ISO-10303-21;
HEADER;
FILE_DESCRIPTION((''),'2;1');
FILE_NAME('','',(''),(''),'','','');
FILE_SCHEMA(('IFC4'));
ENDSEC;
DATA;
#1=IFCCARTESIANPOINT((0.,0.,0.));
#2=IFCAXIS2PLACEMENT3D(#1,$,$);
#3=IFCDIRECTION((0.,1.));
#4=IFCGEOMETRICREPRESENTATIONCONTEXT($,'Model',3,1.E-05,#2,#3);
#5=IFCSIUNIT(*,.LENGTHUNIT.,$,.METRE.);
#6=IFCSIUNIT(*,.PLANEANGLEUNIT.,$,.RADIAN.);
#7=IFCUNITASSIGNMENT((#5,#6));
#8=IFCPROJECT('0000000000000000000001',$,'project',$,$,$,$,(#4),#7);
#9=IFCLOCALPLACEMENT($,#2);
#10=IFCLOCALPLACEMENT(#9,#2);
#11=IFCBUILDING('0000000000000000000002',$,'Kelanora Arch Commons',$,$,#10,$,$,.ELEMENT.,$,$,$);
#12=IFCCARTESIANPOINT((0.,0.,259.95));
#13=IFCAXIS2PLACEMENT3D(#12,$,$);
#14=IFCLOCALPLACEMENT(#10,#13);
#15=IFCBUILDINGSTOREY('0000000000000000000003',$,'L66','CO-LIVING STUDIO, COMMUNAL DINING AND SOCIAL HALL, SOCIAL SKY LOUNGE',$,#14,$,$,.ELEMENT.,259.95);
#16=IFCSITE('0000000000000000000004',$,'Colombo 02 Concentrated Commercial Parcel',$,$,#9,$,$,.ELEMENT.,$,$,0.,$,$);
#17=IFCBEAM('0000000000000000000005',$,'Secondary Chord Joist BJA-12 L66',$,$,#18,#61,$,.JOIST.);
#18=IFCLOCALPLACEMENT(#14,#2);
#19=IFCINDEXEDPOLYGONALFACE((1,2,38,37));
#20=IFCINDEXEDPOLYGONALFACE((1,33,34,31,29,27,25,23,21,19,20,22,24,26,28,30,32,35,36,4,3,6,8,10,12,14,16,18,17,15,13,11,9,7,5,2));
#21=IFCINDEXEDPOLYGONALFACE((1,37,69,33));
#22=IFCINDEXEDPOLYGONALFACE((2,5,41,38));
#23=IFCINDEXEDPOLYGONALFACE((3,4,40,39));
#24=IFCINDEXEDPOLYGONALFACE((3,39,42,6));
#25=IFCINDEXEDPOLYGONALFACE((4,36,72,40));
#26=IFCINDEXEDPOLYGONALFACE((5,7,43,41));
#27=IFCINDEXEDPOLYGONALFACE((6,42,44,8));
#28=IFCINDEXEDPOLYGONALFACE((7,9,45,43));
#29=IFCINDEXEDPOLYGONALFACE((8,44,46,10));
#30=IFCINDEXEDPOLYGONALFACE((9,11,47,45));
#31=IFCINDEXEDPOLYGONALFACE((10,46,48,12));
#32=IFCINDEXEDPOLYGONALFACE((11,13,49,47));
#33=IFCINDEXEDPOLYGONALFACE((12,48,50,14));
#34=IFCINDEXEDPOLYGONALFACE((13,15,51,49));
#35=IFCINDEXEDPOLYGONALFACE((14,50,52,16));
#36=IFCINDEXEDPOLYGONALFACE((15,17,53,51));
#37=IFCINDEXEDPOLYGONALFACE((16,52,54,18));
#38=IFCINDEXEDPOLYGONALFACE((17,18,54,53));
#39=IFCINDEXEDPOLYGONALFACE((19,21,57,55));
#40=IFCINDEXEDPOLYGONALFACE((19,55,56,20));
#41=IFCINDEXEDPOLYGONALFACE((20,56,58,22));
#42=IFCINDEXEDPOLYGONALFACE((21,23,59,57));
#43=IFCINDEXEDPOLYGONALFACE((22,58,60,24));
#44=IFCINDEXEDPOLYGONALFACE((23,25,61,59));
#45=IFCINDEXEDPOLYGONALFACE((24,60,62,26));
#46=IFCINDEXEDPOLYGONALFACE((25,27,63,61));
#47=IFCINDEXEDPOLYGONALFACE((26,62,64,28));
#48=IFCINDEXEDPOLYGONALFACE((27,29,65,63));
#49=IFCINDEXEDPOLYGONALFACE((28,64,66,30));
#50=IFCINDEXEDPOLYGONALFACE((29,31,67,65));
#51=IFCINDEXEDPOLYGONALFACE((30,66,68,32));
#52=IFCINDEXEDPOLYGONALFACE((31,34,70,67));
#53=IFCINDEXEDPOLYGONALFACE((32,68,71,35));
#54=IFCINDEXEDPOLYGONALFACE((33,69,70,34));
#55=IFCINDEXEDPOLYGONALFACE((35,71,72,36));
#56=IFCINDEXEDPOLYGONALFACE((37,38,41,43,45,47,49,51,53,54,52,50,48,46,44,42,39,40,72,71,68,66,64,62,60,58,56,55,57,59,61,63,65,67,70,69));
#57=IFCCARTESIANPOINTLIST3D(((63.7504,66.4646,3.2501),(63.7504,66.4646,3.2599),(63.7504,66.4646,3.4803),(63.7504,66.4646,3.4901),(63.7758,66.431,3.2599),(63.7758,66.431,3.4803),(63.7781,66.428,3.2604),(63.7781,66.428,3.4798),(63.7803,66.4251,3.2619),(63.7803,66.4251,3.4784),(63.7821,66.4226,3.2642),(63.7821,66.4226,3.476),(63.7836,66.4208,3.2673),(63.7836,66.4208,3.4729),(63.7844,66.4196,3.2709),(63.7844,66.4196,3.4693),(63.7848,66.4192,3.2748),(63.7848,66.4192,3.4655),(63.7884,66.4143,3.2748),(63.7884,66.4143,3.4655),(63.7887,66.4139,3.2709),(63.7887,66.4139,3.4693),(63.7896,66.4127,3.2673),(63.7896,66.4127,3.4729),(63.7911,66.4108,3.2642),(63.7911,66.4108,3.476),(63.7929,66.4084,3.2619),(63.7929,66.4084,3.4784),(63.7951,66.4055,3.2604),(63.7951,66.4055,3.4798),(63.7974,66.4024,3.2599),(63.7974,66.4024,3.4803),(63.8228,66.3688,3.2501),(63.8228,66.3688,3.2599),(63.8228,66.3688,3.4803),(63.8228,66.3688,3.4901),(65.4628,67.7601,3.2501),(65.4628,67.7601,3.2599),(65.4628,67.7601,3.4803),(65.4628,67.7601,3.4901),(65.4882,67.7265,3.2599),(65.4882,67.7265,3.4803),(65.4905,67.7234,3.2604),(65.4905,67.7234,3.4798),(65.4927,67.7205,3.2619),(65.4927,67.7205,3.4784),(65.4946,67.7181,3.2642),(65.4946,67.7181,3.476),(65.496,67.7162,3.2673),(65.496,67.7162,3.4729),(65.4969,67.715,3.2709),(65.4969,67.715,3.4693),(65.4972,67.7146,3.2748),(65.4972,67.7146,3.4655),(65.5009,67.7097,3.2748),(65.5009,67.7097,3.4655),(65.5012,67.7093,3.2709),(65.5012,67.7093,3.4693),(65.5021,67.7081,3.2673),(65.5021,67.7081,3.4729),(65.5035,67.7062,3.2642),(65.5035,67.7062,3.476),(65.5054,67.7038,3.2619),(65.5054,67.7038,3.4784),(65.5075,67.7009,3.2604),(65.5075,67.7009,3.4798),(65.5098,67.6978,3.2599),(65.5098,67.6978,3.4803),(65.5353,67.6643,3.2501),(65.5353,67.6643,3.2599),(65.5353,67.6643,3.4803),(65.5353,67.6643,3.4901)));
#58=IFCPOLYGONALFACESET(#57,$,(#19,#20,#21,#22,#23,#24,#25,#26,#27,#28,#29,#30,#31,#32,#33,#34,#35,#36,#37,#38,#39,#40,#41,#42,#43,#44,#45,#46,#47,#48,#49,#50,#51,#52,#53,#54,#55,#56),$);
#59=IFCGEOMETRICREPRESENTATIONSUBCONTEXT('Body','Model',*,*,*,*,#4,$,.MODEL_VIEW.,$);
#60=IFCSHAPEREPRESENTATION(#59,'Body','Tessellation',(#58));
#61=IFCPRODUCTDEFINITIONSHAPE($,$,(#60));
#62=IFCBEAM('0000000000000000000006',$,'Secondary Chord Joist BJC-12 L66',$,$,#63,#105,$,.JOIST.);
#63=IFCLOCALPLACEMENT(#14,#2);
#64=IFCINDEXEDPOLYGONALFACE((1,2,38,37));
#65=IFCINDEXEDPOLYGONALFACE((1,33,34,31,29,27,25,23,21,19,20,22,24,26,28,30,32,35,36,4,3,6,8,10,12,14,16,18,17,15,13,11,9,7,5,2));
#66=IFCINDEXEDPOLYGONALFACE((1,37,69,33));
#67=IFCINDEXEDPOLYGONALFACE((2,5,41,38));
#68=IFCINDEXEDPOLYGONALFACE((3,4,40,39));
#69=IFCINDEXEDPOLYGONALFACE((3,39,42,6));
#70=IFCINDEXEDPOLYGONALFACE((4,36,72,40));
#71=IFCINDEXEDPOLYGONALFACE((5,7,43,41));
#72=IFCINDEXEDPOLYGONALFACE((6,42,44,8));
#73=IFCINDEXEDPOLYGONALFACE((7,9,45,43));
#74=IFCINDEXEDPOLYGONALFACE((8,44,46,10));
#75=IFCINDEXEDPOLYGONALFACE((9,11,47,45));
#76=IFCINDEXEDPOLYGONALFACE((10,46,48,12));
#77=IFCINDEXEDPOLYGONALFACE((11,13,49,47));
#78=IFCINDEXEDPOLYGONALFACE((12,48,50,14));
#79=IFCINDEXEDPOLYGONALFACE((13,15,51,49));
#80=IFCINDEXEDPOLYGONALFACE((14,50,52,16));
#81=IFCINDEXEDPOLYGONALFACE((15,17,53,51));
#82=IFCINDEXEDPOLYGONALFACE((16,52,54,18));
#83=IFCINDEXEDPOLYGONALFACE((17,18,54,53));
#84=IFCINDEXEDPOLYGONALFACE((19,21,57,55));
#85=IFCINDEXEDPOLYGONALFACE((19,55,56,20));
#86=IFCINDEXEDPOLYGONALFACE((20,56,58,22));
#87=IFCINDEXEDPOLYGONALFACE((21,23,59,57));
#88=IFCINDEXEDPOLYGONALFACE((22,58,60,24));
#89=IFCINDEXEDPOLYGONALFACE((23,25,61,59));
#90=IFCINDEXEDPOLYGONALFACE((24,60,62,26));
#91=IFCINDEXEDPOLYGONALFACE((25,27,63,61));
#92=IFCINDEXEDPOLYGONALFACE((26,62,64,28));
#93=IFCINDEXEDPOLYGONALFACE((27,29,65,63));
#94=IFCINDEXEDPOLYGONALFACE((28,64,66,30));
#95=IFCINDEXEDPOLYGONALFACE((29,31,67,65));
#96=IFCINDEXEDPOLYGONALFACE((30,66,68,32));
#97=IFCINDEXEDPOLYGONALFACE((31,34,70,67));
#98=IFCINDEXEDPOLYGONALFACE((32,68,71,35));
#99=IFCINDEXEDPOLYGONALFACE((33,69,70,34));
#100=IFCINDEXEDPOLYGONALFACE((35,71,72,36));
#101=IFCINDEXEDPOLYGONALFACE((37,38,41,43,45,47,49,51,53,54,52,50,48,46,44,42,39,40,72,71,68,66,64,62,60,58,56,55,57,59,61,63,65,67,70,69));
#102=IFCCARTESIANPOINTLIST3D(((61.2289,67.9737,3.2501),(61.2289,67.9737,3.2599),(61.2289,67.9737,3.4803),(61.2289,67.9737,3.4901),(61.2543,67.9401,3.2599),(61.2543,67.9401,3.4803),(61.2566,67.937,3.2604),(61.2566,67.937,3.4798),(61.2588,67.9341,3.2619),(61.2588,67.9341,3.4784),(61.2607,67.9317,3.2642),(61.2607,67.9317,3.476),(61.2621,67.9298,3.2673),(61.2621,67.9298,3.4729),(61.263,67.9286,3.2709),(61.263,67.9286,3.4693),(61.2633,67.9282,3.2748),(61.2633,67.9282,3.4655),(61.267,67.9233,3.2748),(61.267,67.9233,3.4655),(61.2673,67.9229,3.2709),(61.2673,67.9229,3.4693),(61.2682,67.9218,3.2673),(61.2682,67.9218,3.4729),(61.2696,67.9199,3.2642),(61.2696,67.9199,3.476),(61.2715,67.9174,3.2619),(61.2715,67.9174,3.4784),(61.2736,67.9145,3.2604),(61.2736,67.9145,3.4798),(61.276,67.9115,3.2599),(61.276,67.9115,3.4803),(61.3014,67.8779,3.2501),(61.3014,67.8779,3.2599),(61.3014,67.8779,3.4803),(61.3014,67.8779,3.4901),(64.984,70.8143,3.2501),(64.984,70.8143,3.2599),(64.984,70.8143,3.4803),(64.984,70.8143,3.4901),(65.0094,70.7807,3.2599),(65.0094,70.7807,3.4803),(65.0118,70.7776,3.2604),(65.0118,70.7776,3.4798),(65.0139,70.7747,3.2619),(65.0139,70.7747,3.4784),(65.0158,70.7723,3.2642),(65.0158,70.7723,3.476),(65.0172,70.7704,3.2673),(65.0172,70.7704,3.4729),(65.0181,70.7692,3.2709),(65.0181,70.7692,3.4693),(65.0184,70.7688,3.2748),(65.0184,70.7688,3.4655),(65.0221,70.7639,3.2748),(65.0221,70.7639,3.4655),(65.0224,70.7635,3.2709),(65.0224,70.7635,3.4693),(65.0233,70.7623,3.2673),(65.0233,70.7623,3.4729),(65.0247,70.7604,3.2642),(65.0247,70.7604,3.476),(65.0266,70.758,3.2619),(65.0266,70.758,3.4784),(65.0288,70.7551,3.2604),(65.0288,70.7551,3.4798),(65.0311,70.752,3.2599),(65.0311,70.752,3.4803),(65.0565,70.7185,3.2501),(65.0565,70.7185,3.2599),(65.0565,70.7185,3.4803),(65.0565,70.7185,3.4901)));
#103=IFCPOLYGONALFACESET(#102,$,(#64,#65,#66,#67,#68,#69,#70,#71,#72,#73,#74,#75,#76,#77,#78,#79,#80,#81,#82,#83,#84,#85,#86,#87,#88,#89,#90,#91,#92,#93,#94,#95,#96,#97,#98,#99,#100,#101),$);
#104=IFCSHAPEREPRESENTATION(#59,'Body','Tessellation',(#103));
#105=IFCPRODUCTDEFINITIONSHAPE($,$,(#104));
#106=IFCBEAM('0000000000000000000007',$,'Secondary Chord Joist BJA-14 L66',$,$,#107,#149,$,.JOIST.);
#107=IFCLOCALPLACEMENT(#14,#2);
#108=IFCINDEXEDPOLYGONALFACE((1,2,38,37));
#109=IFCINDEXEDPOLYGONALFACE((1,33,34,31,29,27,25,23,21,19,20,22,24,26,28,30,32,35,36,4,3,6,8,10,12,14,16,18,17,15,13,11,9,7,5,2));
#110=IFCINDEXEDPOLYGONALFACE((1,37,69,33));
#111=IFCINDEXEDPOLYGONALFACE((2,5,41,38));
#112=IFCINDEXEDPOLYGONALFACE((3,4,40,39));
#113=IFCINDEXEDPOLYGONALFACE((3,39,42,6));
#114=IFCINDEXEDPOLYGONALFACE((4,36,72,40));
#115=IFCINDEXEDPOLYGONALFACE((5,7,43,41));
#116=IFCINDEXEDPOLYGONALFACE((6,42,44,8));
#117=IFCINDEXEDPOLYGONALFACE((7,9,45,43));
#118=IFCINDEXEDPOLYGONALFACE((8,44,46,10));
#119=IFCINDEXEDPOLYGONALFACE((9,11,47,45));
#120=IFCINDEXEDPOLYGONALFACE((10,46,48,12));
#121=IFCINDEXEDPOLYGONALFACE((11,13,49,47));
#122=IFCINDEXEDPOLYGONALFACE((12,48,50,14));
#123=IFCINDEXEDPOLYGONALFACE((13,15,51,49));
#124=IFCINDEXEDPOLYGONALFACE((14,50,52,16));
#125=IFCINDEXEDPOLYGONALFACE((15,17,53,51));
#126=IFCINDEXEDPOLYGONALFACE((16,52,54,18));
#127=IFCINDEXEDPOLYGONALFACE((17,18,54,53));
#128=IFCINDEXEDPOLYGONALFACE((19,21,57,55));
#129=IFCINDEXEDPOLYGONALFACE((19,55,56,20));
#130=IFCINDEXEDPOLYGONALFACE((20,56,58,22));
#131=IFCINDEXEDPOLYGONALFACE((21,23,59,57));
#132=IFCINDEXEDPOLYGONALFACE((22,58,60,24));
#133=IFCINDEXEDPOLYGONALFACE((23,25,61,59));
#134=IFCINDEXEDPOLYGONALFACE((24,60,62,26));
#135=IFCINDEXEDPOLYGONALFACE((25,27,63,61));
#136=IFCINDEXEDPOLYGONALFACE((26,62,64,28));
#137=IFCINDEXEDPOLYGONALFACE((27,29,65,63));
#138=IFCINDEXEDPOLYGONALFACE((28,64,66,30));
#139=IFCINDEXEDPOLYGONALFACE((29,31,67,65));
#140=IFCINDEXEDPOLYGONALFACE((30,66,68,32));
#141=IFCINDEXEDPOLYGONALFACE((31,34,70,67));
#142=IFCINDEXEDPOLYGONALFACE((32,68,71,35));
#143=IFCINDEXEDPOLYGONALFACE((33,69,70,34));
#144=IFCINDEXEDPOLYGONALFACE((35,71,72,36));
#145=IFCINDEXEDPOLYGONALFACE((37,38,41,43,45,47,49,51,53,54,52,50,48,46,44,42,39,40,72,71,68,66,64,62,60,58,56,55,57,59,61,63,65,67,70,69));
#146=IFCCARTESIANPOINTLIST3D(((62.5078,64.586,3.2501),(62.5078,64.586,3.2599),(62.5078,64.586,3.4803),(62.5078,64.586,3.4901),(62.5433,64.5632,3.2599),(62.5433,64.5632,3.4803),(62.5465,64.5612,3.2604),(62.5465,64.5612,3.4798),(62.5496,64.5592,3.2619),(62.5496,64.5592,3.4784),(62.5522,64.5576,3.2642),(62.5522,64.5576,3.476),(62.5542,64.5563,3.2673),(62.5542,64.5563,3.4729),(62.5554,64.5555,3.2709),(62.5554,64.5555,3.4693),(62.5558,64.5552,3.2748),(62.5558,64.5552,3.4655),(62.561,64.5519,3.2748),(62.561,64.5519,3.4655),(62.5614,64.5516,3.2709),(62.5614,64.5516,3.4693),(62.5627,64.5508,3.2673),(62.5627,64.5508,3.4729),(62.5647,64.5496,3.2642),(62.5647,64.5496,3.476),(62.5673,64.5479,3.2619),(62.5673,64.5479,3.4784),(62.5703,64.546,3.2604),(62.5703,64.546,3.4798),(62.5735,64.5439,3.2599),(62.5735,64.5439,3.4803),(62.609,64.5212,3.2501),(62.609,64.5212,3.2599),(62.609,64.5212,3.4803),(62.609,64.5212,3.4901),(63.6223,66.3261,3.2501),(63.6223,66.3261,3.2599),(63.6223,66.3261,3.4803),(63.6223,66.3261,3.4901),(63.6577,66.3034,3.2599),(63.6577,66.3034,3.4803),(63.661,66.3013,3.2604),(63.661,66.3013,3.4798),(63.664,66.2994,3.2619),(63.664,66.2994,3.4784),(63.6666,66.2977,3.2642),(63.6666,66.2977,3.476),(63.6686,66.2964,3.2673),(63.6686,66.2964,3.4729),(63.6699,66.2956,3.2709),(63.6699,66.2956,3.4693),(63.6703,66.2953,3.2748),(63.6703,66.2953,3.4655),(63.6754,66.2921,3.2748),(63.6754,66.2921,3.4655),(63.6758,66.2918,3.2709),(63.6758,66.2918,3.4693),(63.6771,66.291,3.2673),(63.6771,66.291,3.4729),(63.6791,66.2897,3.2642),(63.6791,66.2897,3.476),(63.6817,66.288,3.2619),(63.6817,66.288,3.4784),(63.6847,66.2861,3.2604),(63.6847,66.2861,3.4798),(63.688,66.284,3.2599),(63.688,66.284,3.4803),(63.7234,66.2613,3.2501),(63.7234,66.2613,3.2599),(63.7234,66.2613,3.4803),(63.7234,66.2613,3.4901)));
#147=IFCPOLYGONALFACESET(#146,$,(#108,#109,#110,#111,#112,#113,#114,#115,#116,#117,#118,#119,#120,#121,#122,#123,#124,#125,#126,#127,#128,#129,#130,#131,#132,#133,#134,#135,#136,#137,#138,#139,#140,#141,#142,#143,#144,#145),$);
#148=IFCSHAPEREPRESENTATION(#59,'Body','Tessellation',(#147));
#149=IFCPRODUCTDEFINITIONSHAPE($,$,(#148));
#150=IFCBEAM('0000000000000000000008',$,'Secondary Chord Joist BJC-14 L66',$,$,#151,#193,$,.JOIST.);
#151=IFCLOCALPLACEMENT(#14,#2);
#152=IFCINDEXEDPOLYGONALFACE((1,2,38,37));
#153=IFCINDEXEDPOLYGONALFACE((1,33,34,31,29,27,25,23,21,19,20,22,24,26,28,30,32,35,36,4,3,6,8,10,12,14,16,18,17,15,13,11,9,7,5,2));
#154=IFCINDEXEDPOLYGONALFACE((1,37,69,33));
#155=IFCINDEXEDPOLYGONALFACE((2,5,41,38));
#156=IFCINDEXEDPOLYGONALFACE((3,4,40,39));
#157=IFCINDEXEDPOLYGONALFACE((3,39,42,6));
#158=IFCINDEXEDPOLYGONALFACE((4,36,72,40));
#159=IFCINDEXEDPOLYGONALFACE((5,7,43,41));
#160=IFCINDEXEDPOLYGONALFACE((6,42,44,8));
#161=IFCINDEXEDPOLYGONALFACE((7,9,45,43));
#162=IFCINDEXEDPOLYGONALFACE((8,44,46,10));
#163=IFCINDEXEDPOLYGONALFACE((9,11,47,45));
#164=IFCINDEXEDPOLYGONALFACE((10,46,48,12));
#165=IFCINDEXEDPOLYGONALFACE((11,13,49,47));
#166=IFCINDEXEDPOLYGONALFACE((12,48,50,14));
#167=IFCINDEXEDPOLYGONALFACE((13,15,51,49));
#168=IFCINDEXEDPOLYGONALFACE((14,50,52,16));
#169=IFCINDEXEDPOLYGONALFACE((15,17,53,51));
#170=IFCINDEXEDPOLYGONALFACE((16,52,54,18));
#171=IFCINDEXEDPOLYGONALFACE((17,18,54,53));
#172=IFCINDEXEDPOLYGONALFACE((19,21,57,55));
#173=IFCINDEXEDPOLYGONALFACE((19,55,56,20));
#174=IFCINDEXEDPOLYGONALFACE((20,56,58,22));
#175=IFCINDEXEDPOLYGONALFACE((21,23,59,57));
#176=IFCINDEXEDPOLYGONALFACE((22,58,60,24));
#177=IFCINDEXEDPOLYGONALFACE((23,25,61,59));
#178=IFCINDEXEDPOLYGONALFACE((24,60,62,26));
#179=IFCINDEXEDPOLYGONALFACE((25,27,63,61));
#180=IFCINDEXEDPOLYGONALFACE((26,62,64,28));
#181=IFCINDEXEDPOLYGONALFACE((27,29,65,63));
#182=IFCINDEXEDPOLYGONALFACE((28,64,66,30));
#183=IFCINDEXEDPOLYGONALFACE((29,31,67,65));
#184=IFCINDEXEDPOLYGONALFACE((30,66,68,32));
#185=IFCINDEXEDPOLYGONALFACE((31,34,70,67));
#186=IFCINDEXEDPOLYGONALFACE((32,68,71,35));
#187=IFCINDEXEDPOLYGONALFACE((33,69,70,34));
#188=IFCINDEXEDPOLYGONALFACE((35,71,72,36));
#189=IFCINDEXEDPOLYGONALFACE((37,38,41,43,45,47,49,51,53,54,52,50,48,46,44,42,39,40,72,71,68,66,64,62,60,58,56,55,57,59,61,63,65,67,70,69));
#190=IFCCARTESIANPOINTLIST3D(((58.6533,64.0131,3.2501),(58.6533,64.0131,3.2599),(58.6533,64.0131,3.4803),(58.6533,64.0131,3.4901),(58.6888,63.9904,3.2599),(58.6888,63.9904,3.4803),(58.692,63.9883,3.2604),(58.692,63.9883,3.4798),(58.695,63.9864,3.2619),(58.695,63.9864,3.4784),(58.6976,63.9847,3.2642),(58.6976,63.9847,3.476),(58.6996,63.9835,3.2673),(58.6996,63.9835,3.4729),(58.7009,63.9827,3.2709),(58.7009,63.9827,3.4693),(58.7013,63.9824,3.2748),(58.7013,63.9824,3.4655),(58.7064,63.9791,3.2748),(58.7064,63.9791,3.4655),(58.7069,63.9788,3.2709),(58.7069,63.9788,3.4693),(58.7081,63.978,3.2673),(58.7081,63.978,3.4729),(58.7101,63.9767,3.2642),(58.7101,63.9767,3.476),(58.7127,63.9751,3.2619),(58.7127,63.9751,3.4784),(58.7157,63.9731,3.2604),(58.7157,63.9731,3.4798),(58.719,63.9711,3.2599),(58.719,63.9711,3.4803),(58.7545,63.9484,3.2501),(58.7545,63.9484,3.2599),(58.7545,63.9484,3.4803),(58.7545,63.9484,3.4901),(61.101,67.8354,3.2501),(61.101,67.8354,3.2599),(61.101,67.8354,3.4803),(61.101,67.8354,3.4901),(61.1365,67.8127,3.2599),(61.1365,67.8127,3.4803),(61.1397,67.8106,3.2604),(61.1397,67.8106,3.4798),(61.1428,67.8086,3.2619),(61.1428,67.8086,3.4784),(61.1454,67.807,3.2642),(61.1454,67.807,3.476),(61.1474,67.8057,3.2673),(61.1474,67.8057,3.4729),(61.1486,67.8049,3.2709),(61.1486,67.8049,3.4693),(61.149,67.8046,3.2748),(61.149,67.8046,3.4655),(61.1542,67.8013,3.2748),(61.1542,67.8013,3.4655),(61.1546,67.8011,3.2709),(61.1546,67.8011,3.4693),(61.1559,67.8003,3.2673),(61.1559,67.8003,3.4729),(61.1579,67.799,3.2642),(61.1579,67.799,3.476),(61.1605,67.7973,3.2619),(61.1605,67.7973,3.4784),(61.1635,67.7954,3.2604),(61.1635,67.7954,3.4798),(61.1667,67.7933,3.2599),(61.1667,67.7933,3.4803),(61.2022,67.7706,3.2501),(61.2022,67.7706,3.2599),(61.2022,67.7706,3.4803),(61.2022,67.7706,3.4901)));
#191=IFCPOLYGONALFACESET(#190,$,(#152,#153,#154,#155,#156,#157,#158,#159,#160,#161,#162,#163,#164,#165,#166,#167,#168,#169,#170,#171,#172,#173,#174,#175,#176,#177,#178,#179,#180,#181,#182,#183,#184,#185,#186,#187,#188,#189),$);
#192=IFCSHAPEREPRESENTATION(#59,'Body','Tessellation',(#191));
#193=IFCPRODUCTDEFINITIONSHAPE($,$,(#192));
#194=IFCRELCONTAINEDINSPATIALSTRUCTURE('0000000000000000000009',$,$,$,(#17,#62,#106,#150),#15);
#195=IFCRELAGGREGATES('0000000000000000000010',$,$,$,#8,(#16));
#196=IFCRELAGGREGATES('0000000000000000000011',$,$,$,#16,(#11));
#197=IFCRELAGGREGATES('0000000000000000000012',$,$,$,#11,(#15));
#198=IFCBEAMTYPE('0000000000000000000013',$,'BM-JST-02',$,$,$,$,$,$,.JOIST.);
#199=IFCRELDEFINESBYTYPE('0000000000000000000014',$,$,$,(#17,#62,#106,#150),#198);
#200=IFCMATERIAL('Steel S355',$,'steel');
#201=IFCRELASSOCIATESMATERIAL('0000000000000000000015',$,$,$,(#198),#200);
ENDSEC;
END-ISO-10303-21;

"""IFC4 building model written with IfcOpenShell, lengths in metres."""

from ifc_helpers import new_model, si_unit, direction, frame, origin, origin_2d, place, context, subcontext, project, spatial, i_section, extrude, material, material_profile, profile_set, type_object, element, save


model = new_model("IFC4")

# Units and contexts
model_context = context("Model", 3, precision=1e-05, world=origin(), true_north=direction((0.0, 1.0)))
body_context = subcontext(model_context, "Body", "Model", "MODEL_VIEW")
ifc_project = project(units=[si_unit("LENGTHUNIT", "METRE"), si_unit("PLANEANGLEUNIT", "RADIAN")], contexts=[model_context])

# Site, building, storey
site_placement = place(None, origin())
site = spatial("IfcSite", under=ifc_project, at=site_placement, Name="Colombo 02 Concentrated Commercial Parcel", CompositionType="ELEMENT", RefElevation=0.0)
building_placement = place(site_placement, origin())
building = spatial("IfcBuilding", under=site, at=building_placement, Name="Kelanora Arch Commons", CompositionType="ELEMENT")
storey_placement = place(building_placement, frame((0.0, 0.0, 259.95)))
storey = spatial("IfcBuildingStorey", under=building, at=storey_placement, Name="L66", Description="CO-LIVING STUDIO, COMMUNAL DINING AND SOCIAL HALL, SOCIAL SKY LOUNGE", CompositionType="ELEMENT", Elevation=259.95)

# Beams
ifc_material_1 = material(Name="Steel S355", Category="steel")
ifc_material_profile_1 = material_profile(ifc_material_1, i_section(OverallWidth=0.1201, OverallDepth=0.24, WebThickness=0.0061, FlangeThickness=0.0098, FilletRadius=0.0149, at=origin_2d()), Name="IPE240")
ifc_profile_set_1 = profile_set([ifc_material_profile_1], Name="Steel S355")
beam_type_1 = type_object("IfcBeamType", Name="BM-JST-02", PredefinedType="JOIST", material=ifc_profile_set_1)
beam_1_placement = place(storey_placement, frame((65.499, 67.7122, 3.3701), z_axis=(-0.79751, -0.603306, 0.0), x_axis=(0.603306, -0.79751, 0.0)))
element("IfcBeam", 1, at=beam_1_placement, inside=storey, type_object=beam_type_1, Name="Secondary Chord Joist BJA-12 L66", PredefinedType="JOIST", context=body_context, shape_type="SweptSolid", body=[
    extrude(i_section(OverallWidth=0.1201, OverallDepth=0.24, WebThickness=0.0061, FlangeThickness=0.0098, FilletRadius=0.0149, at=origin_2d()), origin(), (0.0, 0.0, 1.0), 2.1472),
])
beam_2_placement = place(storey_placement, frame((65.0203, 70.7664, 3.3701), z_axis=(-0.797523, -0.603289, 0.0), x_axis=(0.603289, -0.797523, 0.0)))
element("IfcBeam", 2, at=beam_2_placement, inside=storey, type_object=beam_type_1, Name="Secondary Chord Joist BJC-12 L66", PredefinedType="JOIST", context=body_context, shape_type="SweptSolid", body=[
    extrude(i_section(OverallWidth=0.1201, OverallDepth=0.24, WebThickness=0.0061, FlangeThickness=0.0098, FilletRadius=0.0149, at=origin_2d()), origin(), (0.0, 0.0, 1.0), 4.7085),
])
beam_3_placement = place(storey_placement, frame((63.6729, 66.2937, 3.3701), z_axis=(-0.539312, -0.842106, 0.0), x_axis=(0.842106, -0.539312, 0.0)))
element("IfcBeam", 3, at=beam_3_placement, inside=storey, type_object=beam_type_1, Name="Secondary Chord Joist BJA-14 L66", PredefinedType="JOIST", context=body_context, shape_type="SweptSolid", body=[
    extrude(i_section(OverallWidth=0.1201, OverallDepth=0.24, WebThickness=0.0061, FlangeThickness=0.0098, FilletRadius=0.0149, at=origin_2d()), origin(), (0.0, 0.0, 1.0), 2.0664),
])
beam_4_placement = place(storey_placement, frame((61.1516, 67.803, 3.3701), z_axis=(-0.539289, -0.842121, 0.0), x_axis=(0.842121, -0.539289, 0.0)))
element("IfcBeam", 4, at=beam_4_placement, inside=storey, type_object=beam_type_1, Name="Secondary Chord Joist BJC-14 L66", PredefinedType="JOIST", context=body_context, shape_type="SweptSolid", body=[
    extrude(i_section(OverallWidth=0.1201, OverallDepth=0.24, WebThickness=0.0061, FlangeThickness=0.0098, FilletRadius=0.0149, at=origin_2d()), origin(), (0.0, 0.0, 1.0), 4.5388),
])

save(model, "model.ifc")
